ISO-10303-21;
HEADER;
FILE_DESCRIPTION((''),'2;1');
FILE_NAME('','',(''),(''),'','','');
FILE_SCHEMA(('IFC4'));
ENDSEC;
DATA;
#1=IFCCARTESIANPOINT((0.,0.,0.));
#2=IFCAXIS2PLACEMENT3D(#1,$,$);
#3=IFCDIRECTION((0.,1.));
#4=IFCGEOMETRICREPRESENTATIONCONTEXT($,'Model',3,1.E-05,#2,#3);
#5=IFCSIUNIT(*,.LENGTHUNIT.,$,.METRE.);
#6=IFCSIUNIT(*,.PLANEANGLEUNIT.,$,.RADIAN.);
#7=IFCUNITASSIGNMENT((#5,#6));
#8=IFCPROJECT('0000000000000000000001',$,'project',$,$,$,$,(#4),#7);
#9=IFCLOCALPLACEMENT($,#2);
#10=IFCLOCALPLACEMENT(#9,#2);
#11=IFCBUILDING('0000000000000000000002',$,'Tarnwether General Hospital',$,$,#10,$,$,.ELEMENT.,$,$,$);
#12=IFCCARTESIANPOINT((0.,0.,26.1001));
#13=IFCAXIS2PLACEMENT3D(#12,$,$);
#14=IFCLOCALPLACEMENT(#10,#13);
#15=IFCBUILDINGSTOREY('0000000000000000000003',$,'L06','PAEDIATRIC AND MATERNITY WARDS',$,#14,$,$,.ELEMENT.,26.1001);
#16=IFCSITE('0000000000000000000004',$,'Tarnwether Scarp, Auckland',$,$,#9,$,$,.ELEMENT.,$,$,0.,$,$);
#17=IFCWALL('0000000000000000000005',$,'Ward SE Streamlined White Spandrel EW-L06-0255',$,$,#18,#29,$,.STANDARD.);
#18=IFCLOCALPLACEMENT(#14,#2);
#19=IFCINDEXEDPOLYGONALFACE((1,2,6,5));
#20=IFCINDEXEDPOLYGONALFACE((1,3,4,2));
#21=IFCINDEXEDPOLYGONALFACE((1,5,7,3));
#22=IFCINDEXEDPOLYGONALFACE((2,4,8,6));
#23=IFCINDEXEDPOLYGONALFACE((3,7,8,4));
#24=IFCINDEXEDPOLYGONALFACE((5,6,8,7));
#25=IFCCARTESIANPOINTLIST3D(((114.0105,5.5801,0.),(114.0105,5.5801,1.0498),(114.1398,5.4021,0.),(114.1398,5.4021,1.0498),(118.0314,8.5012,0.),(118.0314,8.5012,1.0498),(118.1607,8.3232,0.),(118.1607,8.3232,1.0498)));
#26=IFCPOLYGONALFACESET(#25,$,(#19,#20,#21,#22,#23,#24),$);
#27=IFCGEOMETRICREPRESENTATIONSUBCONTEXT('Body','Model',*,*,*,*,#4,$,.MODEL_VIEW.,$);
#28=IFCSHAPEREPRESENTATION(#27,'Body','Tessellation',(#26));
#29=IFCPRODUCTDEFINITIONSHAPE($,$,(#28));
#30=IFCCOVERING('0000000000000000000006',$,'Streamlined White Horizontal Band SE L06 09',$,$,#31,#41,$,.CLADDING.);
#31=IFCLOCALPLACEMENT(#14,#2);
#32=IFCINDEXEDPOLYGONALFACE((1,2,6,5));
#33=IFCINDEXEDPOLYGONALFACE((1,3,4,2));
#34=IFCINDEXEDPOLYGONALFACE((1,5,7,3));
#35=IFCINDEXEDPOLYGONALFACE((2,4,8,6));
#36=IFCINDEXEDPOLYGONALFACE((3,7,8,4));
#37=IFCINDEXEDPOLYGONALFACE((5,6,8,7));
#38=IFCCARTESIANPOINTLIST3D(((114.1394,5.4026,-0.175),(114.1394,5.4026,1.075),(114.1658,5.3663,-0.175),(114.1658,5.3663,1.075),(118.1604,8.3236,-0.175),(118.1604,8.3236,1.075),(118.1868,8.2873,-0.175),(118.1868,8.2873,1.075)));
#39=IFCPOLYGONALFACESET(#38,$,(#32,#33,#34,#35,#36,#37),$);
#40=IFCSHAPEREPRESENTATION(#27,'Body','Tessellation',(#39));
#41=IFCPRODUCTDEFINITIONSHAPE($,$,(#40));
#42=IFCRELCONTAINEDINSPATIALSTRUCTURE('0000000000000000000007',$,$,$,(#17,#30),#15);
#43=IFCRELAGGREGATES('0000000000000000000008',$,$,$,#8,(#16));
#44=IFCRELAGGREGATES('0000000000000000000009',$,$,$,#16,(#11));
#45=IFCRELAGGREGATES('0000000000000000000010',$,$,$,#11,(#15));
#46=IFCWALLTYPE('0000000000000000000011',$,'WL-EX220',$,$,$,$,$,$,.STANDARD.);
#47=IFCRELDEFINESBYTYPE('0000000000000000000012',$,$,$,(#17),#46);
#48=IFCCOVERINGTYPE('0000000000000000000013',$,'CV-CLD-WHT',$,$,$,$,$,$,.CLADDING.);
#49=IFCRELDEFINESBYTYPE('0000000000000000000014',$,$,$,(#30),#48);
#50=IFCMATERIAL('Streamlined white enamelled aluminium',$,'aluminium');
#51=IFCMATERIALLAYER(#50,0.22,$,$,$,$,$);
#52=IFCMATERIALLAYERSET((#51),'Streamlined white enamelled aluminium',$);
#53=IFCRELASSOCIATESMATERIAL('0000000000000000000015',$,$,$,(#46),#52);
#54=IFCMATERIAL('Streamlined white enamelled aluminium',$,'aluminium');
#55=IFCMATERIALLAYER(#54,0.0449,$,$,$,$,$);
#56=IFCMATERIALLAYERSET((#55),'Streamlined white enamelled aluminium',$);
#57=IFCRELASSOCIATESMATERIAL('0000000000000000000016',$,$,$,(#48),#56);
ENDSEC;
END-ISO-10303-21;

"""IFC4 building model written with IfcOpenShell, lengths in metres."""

from ifc_helpers import new_model, si_unit, direction, frame, frame_2d, origin, origin_2d, place, context, subcontext, project, spatial, rectangle, extrude, material, layer, layer_set, type_object, element, save


model = new_model("IFC4")

# Units and contexts
model_context = context("Model", 3, precision=1e-05, world=origin(), true_north=direction((0.0, 1.0)))
body_context = subcontext(model_context, "Body", "Model", "MODEL_VIEW")
ifc_project = project(units=[si_unit("LENGTHUNIT", "METRE"), si_unit("PLANEANGLEUNIT", "RADIAN")], contexts=[model_context])

# Site, building, storey
site_placement = place(None, origin())
site = spatial("IfcSite", under=ifc_project, at=site_placement, Name="Tarnwether Scarp, Auckland", CompositionType="ELEMENT", RefElevation=0.0)
building_placement = place(site_placement, origin())
building = spatial("IfcBuilding", under=site, at=building_placement, Name="Tarnwether General Hospital", CompositionType="ELEMENT")
storey_placement = place(building_placement, frame((0.0, 0.0, 26.1001)))
storey = spatial("IfcBuildingStorey", under=building, at=storey_placement, Name="L06", Description="PAEDIATRIC AND MATERNITY WARDS", CompositionType="ELEMENT", Elevation=26.1001)

# Wall
ifc_material_1 = material(Name="Streamlined white enamelled aluminium", Category="aluminium")
ifc_layer_1 = layer(ifc_material_1, 0.22)
ifc_layer_set_1 = layer_set([ifc_layer_1], Name="Streamlined white enamelled aluminium")
wall_type = type_object("IfcWallType", Name="WL-EX220", PredefinedType="STANDARD", material=ifc_layer_set_1)
wall_placement = place(storey_placement, frame((118.0959, 8.4121, 0.0), z_axis=(0.0, 0.0, 1.0), x_axis=(-0.809044, -0.587748, 0.0)))
element("IfcWall", 1, at=wall_placement, inside=storey, type_object=wall_type, Name="Ward SE Streamlined White Spandrel EW-L06-0255", PredefinedType="STANDARD", context=body_context, shape_type="SweptSolid", body=[
    extrude(rectangle(XDim=4.97, YDim=0.22, at=frame_2d((2.4849, 0.0))), origin(), (0.0, 0.0, 1.0), 1.0498),
])

# Covering
ifc_material_2 = material(Name="Streamlined white enamelled aluminium", Category="aluminium")
ifc_layer_2 = layer(ifc_material_2, 0.0449)
ifc_layer_set_2 = layer_set([ifc_layer_2], Name="Streamlined white enamelled aluminium")
covering_type = type_object("IfcCoveringType", Name="CV-CLD-WHT", PredefinedType="CLADDING", material=ifc_layer_set_2)
covering_placement = place(storey_placement, frame((116.1631, 6.845, -0.175), z_axis=(0.0, 0.0, 1.0), x_axis=(-0.809058, -0.587729, 0.0)))
element("IfcCovering", 2, at=covering_placement, inside=storey, type_object=covering_type, Name="Streamlined White Horizontal Band SE L06 09", PredefinedType="CLADDING", context=body_context, shape_type="SweptSolid", body=[
    extrude(rectangle(XDim=4.97, YDim=0.0449, at=origin_2d()), origin(), (0.0, 0.0, 1.0), 1.25),
])

save(model, "model.ifc")
